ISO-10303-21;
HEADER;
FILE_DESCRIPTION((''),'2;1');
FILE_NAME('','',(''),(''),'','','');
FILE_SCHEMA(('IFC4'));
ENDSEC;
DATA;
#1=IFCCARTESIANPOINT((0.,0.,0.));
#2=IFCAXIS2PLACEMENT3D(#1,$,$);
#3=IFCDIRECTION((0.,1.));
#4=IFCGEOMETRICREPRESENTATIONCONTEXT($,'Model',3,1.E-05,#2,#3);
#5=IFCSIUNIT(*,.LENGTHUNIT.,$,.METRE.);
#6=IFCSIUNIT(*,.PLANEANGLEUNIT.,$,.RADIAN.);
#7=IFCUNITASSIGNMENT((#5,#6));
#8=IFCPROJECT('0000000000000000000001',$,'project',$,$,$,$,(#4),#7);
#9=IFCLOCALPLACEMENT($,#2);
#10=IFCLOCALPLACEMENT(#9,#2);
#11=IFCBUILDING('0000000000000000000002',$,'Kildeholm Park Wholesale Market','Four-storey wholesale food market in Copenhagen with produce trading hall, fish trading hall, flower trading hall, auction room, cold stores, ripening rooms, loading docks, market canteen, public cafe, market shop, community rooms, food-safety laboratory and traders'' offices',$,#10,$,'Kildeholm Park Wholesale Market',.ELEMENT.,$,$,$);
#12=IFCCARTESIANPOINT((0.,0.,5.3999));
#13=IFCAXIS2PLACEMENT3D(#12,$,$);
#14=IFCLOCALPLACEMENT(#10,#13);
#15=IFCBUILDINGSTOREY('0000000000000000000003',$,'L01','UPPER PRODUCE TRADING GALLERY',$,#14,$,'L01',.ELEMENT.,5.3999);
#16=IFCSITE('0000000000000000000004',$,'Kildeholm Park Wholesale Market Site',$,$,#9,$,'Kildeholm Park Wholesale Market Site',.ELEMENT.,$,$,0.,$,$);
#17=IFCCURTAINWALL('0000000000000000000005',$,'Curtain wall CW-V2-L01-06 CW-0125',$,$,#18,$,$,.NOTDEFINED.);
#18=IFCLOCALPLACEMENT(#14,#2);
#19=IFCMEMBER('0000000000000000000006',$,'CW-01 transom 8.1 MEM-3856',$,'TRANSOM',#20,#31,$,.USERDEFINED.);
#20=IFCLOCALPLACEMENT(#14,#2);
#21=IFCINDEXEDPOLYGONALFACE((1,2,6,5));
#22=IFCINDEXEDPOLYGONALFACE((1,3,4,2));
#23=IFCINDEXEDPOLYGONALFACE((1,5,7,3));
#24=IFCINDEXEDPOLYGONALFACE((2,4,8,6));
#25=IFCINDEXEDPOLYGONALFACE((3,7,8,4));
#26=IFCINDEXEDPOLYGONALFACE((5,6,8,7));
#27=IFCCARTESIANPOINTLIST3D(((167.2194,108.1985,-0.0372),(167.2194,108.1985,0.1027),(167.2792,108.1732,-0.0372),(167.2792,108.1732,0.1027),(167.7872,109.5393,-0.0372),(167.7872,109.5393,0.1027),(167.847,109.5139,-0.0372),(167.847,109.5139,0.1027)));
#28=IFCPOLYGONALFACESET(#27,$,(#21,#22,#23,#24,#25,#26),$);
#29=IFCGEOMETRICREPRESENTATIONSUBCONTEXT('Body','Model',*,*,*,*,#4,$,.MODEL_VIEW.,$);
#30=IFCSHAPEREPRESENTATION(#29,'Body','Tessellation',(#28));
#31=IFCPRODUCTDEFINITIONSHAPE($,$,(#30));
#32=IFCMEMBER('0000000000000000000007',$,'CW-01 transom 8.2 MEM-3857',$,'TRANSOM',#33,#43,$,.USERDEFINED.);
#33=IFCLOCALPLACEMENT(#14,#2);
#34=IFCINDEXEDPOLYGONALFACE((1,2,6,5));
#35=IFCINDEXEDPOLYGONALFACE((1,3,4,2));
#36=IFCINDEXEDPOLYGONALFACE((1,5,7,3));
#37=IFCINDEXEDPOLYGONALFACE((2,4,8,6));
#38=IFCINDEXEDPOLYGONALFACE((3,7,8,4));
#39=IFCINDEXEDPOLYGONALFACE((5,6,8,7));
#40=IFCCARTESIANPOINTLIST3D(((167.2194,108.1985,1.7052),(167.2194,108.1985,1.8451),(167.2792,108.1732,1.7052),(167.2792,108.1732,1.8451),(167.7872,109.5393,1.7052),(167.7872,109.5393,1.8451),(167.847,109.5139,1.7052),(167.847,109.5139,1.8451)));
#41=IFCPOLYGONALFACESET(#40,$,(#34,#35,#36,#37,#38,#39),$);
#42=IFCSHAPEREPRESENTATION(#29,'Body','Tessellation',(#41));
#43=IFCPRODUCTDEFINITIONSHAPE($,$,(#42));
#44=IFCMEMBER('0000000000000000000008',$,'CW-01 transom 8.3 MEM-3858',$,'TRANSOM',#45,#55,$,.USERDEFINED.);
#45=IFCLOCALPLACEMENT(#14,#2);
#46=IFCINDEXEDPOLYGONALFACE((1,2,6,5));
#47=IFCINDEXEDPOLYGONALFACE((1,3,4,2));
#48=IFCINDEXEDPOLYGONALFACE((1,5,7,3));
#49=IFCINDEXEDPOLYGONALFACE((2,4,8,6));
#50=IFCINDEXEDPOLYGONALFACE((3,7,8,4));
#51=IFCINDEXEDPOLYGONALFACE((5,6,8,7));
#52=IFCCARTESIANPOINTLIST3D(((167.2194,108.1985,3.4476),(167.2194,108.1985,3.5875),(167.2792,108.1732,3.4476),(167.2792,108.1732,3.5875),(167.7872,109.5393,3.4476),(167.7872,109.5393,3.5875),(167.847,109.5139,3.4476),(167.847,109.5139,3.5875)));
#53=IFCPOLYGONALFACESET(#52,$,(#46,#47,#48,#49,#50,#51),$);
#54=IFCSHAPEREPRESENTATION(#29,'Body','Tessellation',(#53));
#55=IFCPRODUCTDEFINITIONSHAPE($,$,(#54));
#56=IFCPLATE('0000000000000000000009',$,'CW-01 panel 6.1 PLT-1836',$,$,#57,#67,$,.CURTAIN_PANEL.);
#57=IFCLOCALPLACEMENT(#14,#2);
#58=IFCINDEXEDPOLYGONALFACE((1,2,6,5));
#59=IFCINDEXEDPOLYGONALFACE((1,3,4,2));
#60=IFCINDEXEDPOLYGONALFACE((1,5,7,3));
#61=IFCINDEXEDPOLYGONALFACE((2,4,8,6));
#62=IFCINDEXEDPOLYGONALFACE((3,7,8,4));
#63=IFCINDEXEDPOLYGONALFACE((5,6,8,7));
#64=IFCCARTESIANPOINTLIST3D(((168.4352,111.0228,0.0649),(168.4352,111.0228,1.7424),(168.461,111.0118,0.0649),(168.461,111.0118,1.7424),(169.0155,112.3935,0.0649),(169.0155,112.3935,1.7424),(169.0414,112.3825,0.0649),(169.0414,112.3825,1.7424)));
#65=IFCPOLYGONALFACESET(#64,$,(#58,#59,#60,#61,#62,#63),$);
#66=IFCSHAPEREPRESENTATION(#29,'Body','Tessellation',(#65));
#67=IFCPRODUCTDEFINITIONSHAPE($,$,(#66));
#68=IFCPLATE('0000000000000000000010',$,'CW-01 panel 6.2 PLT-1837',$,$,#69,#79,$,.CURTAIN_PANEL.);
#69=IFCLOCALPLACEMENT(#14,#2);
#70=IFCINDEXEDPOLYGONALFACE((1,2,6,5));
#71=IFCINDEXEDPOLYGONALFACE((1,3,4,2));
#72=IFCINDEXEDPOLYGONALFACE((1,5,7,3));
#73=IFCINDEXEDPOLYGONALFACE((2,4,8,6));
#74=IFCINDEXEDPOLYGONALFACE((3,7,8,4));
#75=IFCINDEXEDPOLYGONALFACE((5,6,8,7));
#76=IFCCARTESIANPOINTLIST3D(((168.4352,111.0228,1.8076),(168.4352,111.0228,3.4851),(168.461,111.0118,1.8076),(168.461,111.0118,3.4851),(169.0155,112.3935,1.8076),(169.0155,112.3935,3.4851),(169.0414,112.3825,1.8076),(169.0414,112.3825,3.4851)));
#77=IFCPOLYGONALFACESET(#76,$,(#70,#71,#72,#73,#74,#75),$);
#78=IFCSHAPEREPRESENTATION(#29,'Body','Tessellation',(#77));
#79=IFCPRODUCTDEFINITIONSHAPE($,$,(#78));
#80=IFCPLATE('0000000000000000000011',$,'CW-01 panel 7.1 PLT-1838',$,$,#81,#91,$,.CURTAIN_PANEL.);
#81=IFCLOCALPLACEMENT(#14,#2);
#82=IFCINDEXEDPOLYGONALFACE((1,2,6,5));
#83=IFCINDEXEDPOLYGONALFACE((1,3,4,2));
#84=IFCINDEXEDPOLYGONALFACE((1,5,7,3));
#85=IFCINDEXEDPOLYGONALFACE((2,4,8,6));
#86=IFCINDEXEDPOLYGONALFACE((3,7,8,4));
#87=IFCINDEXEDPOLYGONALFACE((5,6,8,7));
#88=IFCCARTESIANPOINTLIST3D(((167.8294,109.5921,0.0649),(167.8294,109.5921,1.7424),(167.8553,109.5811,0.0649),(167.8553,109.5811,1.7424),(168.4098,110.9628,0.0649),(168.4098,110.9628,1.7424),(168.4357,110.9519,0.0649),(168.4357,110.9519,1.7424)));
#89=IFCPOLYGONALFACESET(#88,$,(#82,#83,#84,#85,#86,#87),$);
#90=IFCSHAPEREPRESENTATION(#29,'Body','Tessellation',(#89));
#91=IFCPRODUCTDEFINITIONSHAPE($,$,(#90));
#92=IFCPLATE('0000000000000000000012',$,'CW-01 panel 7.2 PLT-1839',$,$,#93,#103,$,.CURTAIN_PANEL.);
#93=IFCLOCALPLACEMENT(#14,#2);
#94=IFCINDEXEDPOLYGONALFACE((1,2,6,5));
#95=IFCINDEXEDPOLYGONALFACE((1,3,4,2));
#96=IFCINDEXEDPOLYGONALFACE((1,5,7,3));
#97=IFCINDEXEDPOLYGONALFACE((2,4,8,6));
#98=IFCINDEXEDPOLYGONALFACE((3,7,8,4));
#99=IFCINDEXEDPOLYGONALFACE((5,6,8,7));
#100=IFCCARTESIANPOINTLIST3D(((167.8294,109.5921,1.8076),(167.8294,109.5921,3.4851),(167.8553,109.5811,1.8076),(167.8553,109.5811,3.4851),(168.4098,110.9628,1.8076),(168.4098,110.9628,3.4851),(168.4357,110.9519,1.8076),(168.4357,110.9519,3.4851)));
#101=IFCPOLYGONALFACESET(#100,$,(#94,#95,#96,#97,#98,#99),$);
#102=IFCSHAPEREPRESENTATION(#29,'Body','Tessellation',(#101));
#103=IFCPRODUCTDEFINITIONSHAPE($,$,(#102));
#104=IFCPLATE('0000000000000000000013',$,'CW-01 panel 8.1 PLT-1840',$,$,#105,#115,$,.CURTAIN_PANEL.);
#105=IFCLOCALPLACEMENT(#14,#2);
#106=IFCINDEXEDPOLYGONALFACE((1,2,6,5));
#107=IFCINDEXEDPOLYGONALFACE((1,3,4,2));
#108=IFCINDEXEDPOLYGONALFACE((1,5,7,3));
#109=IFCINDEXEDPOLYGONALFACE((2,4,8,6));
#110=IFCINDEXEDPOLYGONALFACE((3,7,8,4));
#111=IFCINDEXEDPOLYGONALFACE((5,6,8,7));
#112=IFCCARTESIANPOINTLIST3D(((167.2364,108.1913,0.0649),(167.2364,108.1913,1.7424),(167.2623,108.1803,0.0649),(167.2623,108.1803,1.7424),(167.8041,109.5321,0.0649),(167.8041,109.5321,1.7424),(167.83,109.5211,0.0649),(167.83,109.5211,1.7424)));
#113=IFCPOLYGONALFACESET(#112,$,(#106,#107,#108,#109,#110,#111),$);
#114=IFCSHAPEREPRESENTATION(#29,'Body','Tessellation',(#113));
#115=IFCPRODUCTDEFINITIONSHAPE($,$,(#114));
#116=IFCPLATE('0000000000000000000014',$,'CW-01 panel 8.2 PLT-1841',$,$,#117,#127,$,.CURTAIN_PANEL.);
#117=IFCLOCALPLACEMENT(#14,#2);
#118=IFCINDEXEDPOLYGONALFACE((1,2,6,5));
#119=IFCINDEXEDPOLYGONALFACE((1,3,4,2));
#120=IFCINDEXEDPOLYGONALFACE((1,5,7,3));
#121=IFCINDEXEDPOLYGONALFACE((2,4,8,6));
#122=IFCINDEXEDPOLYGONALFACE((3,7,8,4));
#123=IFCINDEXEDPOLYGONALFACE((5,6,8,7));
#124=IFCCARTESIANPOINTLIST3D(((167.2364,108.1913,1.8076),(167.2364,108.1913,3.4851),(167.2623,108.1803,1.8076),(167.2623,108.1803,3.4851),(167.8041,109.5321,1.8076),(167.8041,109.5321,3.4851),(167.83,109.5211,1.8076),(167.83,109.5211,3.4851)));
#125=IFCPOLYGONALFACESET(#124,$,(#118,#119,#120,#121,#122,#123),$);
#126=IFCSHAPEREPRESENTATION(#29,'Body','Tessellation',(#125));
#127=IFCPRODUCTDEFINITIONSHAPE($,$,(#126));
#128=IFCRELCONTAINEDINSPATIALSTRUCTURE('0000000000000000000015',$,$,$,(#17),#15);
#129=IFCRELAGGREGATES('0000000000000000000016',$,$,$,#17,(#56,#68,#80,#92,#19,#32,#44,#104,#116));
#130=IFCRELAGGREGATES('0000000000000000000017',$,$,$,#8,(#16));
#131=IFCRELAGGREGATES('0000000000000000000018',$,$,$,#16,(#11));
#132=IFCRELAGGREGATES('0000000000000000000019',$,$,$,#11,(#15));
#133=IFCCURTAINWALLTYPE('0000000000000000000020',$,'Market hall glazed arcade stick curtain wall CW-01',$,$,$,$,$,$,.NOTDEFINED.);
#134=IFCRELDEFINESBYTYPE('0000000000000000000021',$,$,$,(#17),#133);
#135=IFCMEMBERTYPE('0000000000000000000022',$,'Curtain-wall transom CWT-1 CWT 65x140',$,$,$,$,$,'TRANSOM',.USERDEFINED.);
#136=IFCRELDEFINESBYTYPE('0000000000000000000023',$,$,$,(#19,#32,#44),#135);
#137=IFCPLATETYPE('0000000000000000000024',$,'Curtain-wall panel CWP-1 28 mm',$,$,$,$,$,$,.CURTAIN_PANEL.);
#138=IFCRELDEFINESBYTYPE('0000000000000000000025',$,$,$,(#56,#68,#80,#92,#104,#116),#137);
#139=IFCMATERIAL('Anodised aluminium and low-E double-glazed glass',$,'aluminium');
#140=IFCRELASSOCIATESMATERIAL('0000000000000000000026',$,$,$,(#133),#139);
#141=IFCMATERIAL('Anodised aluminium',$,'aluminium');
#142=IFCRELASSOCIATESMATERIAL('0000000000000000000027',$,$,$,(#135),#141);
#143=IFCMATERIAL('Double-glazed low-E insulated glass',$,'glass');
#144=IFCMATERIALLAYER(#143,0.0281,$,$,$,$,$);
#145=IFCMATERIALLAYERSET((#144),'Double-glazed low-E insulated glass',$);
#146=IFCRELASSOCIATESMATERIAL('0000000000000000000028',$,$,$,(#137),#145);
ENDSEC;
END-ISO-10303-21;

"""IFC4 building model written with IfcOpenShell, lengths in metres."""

from ifc_helpers import new_model, si_unit, direction, frame, origin, origin_2d, place, context, subcontext, project, spatial, rectangle, extrude, material, layer, layer_set, material_profile, profile_set, type_object, element, aggregate, save


model = new_model("IFC4")

# Units and contexts
model_context = context("Model", 3, precision=1e-05, world=origin(), true_north=direction((0.0, 1.0)))
body_context = subcontext(model_context, "Body", "Model", "MODEL_VIEW")
ifc_project = project(units=[si_unit("LENGTHUNIT", "METRE"), si_unit("PLANEANGLEUNIT", "RADIAN")], contexts=[model_context])

# Site, building, storey
site_placement = place(None, origin())
site = spatial("IfcSite", under=ifc_project, at=site_placement, Name="Kildeholm Park Wholesale Market Site", LongName="Kildeholm Park Wholesale Market Site", CompositionType="ELEMENT", RefElevation=0.0)
building_placement = place(site_placement, origin())
building = spatial("IfcBuilding", under=site, at=building_placement, Name="Kildeholm Park Wholesale Market", Description="Four-storey wholesale food market in Copenhagen with produce trading hall, fish trading hall, flower trading hall, auction room, cold stores, ripening rooms, loading docks, market canteen, public cafe, market shop, community rooms, food-safety laboratory and traders' offices", LongName="Kildeholm Park Wholesale Market", CompositionType="ELEMENT")
storey_placement = place(building_placement, frame((0.0, 0.0, 5.3999)))
storey = spatial("IfcBuildingStorey", under=building, at=storey_placement, Name="L01", Description="UPPER PRODUCE TRADING GALLERY", LongName="L01", CompositionType="ELEMENT", Elevation=5.3999)

# Curtain wall, members, plates
ifc_material_1 = material(Name="Anodised aluminium and low-E double-glazed glass", Category="aluminium")
curtain_wall_type = type_object("IfcCurtainWallType", Name="Market hall glazed arcade stick curtain wall CW-01", PredefinedType="NOTDEFINED", material=ifc_material_1)
curtain_wall_placement = place(storey_placement, origin())
curtain_wall = element("IfcCurtainWall", 1, at=curtain_wall_placement, inside=storey, type_object=curtain_wall_type, Name="Curtain wall CW-V2-L01-06 CW-0125", PredefinedType="NOTDEFINED")
ifc_material_2 = material(Name="Anodised aluminium", Category="aluminium")
ifc_material_profile_1 = material_profile(ifc_material_2, rectangle(XDim=0.0649, YDim=0.1399, at=origin_2d()), Name="CWT 65x140")
ifc_profile_set_1 = profile_set([ifc_material_profile_1], Name="Anodised aluminium")
member_type_1 = type_object("IfcMemberType", Name="Curtain-wall transom CWT-1 CWT 65x140", ElementType="TRANSOM", PredefinedType="USERDEFINED", material=ifc_profile_set_1)
member_1_placement = place(storey_placement, frame((167.8171, 109.5266, 0.0327), z_axis=(-0.38999, -0.920819, 0.0), x_axis=(0.920819, -0.38999, 0.0)))
member_1 = element("IfcMember", 2, at=member_1_placement, type_object=member_type_1, Name="CW-01 transom 8.1 MEM-3856", ObjectType="TRANSOM", PredefinedType="USERDEFINED", context=body_context, shape_type="SweptSolid", body=[
    extrude(rectangle(XDim=0.0649, YDim=0.1399, at=origin_2d()), origin(), (0.0, 0.0, 1.0), 1.4561),
])
member_2_placement = place(storey_placement, frame((167.8171, 109.5266, 1.7751), z_axis=(-0.38999, -0.920819, 0.0), x_axis=(0.920819, -0.38999, 0.0)))
member_2 = element("IfcMember", 3, at=member_2_placement, type_object=member_type_1, Name="CW-01 transom 8.2 MEM-3857", ObjectType="TRANSOM", PredefinedType="USERDEFINED", context=body_context, shape_type="SweptSolid", body=[
    extrude(rectangle(XDim=0.0649, YDim=0.1399, at=origin_2d()), origin(), (0.0, 0.0, 1.0), 1.4561),
])
member_3_placement = place(storey_placement, frame((167.8171, 109.5266, 3.5176), z_axis=(-0.38999, -0.920819, 0.0), x_axis=(0.920819, -0.38999, 0.0)))
member_3 = element("IfcMember", 4, at=member_3_placement, type_object=member_type_1, Name="CW-01 transom 8.3 MEM-3858", ObjectType="TRANSOM", PredefinedType="USERDEFINED", context=body_context, shape_type="SweptSolid", body=[
    extrude(rectangle(XDim=0.0649, YDim=0.1399, at=origin_2d()), origin(), (0.0, 0.0, 1.0), 1.4561),
])
ifc_material_3 = material(Name="Double-glazed low-E insulated glass", Category="glass")
ifc_layer = layer(ifc_material_3, 0.0281)
ifc_layer_set = layer_set([ifc_layer], Name="Double-glazed low-E insulated glass")
plate_type = type_object("IfcPlateType", Name="Curtain-wall panel CWP-1 28 mm", PredefinedType="CURTAIN_PANEL", material=ifc_layer_set)
plate_1_placement = place(storey_placement, frame((168.7383, 111.7026, 0.0649), z_axis=(0.0, 0.0, 1.0), x_axis=(-0.389905, -0.920855, 0.0)))
plate_1 = element("IfcPlate", 5, at=plate_1_placement, type_object=plate_type, Name="CW-01 panel 6.1 PLT-1836", PredefinedType="CURTAIN_PANEL", context=body_context, shape_type="SweptSolid", body=[
    extrude(rectangle(XDim=1.4885, YDim=0.0281, at=origin_2d()), origin(), (0.0, 0.0, 1.0), 1.6775),
])
plate_2_placement = place(storey_placement, frame((168.7383, 111.7026, 1.8076), z_axis=(0.0, 0.0, 1.0), x_axis=(-0.389905, -0.920855, 0.0)))
plate_2 = element("IfcPlate", 6, at=plate_2_placement, type_object=plate_type, Name="CW-01 panel 6.2 PLT-1837", PredefinedType="CURTAIN_PANEL", context=body_context, shape_type="SweptSolid", body=[
    extrude(rectangle(XDim=1.4885, YDim=0.0281, at=origin_2d()), origin(), (0.0, 0.0, 1.0), 1.6775),
])
plate_3_placement = place(storey_placement, frame((168.1326, 110.272, 0.0649), z_axis=(0.0, 0.0, 1.0), x_axis=(-0.389905, -0.920855, 0.0)))
plate_3 = element("IfcPlate", 7, at=plate_3_placement, type_object=plate_type, Name="CW-01 panel 7.1 PLT-1838", PredefinedType="CURTAIN_PANEL", context=body_context, shape_type="SweptSolid", body=[
    extrude(rectangle(XDim=1.4885, YDim=0.0281, at=origin_2d()), origin(), (0.0, 0.0, 1.0), 1.6775),
])
plate_4_placement = place(storey_placement, frame((168.1326, 110.272, 1.8076), z_axis=(0.0, 0.0, 1.0), x_axis=(-0.389905, -0.920855, 0.0)))
plate_4 = element("IfcPlate", 8, at=plate_4_placement, type_object=plate_type, Name="CW-01 panel 7.2 PLT-1839", PredefinedType="CURTAIN_PANEL", context=body_context, shape_type="SweptSolid", body=[
    extrude(rectangle(XDim=1.4885, YDim=0.0281, at=origin_2d()), origin(), (0.0, 0.0, 1.0), 1.6775),
])
plate_5_placement = place(storey_placement, frame((167.5332, 108.8562, 0.0649), z_axis=(0.0, 0.0, 1.0), x_axis=(-0.389905, -0.920855, 0.0)))
plate_5 = element("IfcPlate", 9, at=plate_5_placement, type_object=plate_type, Name="CW-01 panel 8.1 PLT-1840", PredefinedType="CURTAIN_PANEL", context=body_context, shape_type="SweptSolid", body=[
    extrude(rectangle(XDim=1.4561, YDim=0.0281, at=origin_2d()), origin(), (0.0, 0.0, 1.0), 1.6775),
])
plate_6_placement = place(storey_placement, frame((167.5332, 108.8562, 1.8076), z_axis=(0.0, 0.0, 1.0), x_axis=(-0.389905, -0.920855, 0.0)))
plate_6 = element("IfcPlate", 10, at=plate_6_placement, type_object=plate_type, Name="CW-01 panel 8.2 PLT-1841", PredefinedType="CURTAIN_PANEL", context=body_context, shape_type="SweptSolid", body=[
    extrude(rectangle(XDim=1.4561, YDim=0.0281, at=origin_2d()), origin(), (0.0, 0.0, 1.0), 1.6775),
])
aggregate(curtain_wall, [plate_1, plate_2, plate_3, plate_4, member_1, member_2, member_3, plate_5, plate_6])

save(model, "model.ifc")
